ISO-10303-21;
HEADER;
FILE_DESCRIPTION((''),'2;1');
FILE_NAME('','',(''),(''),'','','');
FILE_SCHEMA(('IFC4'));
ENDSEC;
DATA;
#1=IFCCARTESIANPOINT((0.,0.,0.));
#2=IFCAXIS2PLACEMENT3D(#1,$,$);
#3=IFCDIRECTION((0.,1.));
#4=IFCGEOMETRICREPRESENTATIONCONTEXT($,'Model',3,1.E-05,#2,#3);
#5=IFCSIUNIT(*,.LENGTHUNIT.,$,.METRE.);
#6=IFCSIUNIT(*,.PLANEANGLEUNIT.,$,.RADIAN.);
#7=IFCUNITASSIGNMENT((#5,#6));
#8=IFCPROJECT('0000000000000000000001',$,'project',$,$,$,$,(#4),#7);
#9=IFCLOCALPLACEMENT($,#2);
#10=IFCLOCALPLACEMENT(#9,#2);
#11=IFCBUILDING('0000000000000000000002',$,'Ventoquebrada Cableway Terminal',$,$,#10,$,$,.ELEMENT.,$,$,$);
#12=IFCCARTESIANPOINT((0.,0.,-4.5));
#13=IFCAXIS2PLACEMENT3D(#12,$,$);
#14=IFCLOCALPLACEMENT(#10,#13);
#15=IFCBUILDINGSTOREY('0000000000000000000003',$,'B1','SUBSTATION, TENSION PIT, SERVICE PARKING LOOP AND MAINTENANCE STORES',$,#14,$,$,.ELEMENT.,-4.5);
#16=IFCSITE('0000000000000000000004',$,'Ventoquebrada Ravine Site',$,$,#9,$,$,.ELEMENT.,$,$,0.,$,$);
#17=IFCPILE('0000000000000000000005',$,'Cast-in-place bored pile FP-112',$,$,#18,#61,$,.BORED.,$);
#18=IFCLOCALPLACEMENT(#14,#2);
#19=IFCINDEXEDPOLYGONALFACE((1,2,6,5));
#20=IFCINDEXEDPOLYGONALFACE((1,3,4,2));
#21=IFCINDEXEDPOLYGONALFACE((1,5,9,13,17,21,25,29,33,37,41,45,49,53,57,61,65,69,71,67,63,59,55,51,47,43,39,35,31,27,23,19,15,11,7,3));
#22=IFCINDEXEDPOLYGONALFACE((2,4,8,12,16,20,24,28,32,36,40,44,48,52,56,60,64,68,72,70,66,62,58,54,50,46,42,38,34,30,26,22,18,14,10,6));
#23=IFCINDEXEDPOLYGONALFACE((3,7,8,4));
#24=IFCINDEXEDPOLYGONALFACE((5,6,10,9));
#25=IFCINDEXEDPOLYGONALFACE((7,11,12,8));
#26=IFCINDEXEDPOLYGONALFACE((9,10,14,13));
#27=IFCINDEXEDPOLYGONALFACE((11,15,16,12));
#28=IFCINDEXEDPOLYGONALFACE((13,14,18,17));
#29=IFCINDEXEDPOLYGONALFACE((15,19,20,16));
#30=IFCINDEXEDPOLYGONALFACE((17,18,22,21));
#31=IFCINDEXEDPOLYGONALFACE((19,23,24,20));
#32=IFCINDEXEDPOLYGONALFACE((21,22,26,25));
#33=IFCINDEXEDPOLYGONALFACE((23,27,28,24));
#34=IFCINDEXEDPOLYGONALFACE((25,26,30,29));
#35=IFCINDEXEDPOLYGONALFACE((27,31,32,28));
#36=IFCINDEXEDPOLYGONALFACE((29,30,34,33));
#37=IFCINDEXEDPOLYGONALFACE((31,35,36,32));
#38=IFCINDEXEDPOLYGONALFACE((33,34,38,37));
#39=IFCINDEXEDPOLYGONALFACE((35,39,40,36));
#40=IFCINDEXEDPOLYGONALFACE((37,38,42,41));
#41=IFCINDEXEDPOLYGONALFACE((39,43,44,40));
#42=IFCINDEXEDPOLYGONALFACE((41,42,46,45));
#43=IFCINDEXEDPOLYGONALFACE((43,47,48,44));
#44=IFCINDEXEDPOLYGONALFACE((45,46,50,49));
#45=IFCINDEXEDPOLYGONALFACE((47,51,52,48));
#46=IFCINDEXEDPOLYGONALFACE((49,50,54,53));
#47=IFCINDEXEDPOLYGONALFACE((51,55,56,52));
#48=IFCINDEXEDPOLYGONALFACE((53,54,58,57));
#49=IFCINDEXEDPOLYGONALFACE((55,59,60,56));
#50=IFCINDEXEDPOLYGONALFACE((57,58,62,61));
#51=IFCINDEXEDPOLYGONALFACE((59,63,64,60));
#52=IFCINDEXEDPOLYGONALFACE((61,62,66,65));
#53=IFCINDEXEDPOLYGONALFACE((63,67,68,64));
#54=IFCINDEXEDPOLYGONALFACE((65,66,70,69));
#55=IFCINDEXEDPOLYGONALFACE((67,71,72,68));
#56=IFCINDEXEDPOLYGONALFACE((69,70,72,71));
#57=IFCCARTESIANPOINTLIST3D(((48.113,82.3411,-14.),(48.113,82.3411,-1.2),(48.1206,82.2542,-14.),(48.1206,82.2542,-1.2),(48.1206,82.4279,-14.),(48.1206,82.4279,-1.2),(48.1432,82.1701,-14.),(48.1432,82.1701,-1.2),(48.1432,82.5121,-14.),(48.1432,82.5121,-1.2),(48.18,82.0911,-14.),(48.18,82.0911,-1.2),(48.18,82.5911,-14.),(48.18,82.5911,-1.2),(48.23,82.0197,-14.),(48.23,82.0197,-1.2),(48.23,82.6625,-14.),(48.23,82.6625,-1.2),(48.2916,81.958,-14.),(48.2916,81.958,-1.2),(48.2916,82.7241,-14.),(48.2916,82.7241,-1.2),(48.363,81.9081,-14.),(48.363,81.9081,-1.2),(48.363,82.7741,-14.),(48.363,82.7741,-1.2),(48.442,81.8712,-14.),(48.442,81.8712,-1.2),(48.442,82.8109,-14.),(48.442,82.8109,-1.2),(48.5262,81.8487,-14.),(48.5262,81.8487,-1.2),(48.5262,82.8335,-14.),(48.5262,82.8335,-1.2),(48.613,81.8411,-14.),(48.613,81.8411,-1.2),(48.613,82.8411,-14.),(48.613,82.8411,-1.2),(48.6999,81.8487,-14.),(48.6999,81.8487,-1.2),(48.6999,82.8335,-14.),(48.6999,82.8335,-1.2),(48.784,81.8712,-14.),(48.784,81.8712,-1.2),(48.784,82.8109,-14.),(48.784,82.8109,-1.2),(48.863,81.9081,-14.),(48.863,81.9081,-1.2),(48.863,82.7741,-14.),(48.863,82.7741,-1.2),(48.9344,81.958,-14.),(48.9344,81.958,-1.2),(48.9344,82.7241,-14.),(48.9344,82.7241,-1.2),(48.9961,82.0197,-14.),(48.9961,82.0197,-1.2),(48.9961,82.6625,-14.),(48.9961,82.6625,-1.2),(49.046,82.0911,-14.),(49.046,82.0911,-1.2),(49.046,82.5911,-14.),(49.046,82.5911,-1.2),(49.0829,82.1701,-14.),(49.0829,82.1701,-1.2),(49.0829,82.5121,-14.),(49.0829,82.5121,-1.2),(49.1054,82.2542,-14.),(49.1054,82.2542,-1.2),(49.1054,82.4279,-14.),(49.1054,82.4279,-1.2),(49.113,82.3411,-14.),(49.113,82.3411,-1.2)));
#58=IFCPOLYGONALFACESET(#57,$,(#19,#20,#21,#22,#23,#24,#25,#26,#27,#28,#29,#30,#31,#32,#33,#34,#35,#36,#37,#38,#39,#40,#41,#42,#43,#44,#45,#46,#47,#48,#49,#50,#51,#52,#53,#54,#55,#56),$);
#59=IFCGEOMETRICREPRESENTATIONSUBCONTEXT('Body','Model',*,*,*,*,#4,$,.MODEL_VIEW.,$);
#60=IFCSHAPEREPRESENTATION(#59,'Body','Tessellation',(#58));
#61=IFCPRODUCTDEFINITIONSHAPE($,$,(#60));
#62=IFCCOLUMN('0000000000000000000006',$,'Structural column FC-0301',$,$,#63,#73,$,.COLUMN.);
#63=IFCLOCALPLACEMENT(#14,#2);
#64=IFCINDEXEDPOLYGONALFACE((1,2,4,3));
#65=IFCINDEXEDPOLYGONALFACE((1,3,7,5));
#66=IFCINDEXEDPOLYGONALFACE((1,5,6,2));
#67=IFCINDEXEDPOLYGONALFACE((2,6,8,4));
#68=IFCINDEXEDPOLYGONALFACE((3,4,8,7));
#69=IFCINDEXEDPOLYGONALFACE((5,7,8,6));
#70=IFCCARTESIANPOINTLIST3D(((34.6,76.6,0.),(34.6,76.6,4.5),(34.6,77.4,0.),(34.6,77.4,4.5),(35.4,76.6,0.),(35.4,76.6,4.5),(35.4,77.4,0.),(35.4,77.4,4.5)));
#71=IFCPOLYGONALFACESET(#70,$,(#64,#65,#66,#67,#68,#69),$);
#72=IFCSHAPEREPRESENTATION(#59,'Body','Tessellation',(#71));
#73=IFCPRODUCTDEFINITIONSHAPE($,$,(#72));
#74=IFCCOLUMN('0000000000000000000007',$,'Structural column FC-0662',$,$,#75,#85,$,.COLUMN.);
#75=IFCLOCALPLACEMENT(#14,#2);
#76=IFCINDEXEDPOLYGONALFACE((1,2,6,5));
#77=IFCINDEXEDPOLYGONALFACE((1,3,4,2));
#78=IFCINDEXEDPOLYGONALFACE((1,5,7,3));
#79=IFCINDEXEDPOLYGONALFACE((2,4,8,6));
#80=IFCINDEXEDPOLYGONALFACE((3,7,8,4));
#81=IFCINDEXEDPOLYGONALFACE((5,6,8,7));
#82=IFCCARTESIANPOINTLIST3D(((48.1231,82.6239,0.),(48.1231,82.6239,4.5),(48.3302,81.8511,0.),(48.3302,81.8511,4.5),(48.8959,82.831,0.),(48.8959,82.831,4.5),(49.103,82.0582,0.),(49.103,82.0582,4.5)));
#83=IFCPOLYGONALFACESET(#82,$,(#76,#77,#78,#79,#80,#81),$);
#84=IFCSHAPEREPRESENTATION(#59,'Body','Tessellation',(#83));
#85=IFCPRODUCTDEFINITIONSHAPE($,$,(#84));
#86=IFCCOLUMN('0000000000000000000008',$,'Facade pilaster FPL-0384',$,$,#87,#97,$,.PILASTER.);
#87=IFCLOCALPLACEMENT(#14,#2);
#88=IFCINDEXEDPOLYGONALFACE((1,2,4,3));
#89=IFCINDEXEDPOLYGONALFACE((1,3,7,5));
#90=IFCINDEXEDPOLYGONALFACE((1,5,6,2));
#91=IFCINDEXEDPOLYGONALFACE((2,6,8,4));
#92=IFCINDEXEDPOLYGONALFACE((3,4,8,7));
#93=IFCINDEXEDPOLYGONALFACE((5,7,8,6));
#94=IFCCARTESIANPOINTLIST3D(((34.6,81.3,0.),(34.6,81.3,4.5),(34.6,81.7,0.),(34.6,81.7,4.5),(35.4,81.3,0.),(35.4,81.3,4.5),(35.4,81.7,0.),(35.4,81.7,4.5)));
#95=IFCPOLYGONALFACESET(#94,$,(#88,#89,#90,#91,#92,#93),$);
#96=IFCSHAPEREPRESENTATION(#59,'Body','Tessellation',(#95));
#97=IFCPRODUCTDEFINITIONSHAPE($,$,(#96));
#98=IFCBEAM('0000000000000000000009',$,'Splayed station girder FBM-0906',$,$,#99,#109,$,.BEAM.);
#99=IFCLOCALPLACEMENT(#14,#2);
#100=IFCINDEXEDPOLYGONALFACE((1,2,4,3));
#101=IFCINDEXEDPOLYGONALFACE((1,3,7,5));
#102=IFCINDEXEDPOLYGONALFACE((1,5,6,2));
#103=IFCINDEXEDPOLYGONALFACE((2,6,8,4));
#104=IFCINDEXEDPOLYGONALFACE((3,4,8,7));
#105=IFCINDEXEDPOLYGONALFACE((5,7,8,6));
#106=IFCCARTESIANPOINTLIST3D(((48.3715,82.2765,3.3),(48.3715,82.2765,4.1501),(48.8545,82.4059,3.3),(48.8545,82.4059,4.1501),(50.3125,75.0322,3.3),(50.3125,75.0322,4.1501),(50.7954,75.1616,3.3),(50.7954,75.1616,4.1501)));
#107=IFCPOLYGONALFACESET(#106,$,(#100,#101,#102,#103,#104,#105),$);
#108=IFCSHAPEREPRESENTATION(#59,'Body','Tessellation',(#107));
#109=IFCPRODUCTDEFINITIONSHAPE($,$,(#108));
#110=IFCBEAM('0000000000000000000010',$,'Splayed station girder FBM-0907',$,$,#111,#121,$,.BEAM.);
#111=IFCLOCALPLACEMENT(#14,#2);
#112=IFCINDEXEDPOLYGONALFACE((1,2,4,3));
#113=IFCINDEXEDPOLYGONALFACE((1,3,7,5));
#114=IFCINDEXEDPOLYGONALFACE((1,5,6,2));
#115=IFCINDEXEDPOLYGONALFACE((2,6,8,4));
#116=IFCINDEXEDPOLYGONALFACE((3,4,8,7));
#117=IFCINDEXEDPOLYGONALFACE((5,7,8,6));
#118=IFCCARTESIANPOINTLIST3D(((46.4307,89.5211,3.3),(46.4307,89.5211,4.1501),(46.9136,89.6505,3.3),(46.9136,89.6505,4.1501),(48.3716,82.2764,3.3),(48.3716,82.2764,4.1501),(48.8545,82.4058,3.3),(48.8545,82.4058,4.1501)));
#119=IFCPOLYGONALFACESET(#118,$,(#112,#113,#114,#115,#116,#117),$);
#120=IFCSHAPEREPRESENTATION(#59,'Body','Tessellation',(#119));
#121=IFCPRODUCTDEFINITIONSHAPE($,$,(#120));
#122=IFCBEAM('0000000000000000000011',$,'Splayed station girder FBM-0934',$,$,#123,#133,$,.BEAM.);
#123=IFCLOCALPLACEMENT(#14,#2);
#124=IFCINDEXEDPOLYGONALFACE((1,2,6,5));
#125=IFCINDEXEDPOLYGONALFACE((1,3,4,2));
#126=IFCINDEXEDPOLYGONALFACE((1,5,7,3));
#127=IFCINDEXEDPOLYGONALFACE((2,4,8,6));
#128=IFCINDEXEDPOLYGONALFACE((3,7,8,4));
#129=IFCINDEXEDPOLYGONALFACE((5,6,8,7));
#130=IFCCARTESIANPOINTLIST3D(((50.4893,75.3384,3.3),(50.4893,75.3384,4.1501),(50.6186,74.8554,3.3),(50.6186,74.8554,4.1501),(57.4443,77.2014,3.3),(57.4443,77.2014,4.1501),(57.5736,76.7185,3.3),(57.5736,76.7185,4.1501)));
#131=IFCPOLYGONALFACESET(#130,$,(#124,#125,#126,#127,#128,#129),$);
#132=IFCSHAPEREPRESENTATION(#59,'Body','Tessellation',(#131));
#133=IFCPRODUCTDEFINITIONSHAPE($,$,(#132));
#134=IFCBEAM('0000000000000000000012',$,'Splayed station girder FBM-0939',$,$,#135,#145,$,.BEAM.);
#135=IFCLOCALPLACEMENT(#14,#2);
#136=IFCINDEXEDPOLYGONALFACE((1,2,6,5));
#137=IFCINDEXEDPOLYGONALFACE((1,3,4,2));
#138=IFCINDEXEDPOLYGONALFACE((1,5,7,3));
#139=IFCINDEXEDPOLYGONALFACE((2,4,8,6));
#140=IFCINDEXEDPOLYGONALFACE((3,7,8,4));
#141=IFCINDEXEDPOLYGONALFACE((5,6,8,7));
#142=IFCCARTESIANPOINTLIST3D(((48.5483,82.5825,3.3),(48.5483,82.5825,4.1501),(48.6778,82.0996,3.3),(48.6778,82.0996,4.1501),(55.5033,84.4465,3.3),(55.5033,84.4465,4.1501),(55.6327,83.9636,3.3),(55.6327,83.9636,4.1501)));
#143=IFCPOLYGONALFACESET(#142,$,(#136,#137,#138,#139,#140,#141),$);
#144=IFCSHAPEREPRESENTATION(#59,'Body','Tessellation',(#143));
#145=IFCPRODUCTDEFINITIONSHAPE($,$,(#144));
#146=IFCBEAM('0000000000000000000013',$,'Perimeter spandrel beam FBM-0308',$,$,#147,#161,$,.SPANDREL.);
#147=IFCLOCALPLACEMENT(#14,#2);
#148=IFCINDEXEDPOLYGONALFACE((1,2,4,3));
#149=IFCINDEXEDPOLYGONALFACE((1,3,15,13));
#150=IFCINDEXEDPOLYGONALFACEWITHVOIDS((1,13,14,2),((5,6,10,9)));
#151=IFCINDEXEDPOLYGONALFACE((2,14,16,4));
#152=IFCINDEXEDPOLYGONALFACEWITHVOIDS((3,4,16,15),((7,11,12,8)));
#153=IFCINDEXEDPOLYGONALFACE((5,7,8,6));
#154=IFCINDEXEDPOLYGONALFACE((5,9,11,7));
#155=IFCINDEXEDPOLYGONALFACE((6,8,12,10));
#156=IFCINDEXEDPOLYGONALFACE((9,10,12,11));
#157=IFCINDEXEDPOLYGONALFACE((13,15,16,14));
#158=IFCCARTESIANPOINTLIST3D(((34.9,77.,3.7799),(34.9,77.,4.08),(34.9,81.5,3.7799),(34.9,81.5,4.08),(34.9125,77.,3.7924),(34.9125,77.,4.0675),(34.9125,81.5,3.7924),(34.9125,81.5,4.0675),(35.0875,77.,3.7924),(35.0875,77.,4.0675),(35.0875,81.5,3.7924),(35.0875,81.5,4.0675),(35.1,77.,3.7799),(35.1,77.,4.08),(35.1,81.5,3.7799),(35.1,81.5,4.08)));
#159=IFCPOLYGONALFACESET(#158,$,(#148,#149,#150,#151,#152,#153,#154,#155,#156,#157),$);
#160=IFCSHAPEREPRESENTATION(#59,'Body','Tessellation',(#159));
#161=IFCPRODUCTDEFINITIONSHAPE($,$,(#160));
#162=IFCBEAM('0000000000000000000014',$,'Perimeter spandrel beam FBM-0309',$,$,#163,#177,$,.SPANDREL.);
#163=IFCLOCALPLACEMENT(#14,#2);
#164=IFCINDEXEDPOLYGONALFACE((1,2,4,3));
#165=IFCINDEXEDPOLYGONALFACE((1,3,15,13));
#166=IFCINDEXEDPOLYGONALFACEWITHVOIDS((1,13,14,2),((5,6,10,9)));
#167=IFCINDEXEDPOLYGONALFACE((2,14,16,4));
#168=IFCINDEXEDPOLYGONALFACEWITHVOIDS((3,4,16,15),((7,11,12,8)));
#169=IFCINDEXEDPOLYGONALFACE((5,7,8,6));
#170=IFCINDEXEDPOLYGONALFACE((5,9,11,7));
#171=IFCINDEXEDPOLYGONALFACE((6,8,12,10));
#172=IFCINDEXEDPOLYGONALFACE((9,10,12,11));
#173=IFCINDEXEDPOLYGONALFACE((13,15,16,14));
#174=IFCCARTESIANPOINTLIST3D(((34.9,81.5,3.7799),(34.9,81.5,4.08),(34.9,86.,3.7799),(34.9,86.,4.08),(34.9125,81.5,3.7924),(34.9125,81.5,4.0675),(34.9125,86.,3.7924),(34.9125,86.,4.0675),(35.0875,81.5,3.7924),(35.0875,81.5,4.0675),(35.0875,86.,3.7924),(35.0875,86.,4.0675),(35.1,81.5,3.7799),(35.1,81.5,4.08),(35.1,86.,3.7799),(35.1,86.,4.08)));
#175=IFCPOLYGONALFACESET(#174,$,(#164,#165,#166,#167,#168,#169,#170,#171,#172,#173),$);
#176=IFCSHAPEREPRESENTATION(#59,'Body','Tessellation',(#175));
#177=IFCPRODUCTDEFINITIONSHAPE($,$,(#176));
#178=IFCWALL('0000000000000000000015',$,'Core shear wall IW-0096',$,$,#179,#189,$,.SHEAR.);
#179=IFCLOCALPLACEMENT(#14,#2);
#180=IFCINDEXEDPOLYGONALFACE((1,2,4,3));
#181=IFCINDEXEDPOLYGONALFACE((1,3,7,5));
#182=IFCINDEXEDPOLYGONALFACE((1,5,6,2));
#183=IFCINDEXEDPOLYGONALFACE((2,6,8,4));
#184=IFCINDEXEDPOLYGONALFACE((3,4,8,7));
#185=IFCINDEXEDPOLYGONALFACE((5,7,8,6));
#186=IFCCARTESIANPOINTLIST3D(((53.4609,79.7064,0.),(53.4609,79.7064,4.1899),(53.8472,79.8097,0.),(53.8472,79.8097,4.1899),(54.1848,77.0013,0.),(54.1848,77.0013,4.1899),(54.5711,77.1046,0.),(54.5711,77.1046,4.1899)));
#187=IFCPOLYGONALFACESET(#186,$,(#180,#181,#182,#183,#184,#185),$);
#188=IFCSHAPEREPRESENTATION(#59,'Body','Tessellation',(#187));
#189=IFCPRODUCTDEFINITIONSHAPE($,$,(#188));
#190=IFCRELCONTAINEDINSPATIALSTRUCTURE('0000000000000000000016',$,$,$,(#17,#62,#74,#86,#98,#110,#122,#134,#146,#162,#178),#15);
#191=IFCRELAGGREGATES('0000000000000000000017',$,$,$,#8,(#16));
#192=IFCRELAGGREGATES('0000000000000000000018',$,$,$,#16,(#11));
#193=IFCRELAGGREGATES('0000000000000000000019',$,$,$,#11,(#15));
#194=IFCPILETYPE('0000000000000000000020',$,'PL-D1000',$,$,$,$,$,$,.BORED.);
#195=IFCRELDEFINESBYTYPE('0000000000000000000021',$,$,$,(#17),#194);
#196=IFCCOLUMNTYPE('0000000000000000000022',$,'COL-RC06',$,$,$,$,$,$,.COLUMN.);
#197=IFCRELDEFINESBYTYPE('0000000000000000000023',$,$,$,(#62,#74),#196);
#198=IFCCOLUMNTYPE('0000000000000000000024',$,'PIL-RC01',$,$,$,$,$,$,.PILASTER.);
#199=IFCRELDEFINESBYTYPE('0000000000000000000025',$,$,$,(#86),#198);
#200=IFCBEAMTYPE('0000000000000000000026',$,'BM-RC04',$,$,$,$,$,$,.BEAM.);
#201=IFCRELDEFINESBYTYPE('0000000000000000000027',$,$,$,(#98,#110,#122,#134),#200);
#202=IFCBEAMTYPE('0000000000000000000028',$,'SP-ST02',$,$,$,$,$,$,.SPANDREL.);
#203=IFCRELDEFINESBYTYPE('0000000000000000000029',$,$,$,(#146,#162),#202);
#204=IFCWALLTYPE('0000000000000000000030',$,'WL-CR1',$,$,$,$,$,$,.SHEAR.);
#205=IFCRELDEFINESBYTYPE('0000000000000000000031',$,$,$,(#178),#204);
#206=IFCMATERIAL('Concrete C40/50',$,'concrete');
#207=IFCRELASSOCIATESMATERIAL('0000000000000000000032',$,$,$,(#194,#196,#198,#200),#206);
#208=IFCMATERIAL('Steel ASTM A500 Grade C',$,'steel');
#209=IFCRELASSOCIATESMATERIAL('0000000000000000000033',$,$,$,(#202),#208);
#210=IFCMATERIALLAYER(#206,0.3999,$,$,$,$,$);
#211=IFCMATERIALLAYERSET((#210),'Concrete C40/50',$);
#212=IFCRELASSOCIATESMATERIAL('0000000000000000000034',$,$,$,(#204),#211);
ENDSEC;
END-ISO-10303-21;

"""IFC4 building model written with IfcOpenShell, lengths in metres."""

from ifc_helpers import new_model, si_unit, direction, frame, frame_2d, origin, origin_2d, place, context, subcontext, project, spatial, rectangle, hollow_rectangle, circle, extrude, material, layer, layer_set, material_profile, profile_set, type_object, element, save


model = new_model("IFC4")

# Units and contexts
model_context = context("Model", 3, precision=1e-05, world=origin(), true_north=direction((0.0, 1.0)))
body_context = subcontext(model_context, "Body", "Model", "MODEL_VIEW")
ifc_project = project(units=[si_unit("LENGTHUNIT", "METRE"), si_unit("PLANEANGLEUNIT", "RADIAN")], contexts=[model_context])

# Site, building, storey
site_placement = place(None, origin())
site = spatial("IfcSite", under=ifc_project, at=site_placement, Name="Ventoquebrada Ravine Site", CompositionType="ELEMENT", RefElevation=0.0)
building_placement = place(site_placement, origin())
building = spatial("IfcBuilding", under=site, at=building_placement, Name="Ventoquebrada Cableway Terminal", CompositionType="ELEMENT")
storey_placement = place(building_placement, frame((0.0, 0.0, -4.5)))
storey = spatial("IfcBuildingStorey", under=building, at=storey_placement, Name="B1", Description="SUBSTATION, TENSION PIT, SERVICE PARKING LOOP AND MAINTENANCE STORES", CompositionType="ELEMENT", Elevation=-4.5)

# Shared definitions
ifc_material_1 = material(Name="Concrete C40/50", Category="concrete")

# Pile
ifc_material_profile_1 = material_profile(ifc_material_1, circle(Radius=0.5, at=origin_2d()), Name="PILE-D1000")
ifc_profile_set_1 = profile_set([ifc_material_profile_1], Name="Concrete C40/50")
pile_type = type_object("IfcPileType", Name="PL-D1000", PredefinedType="BORED", material=ifc_profile_set_1)
pile_1_placement = place(storey_placement, frame((48.613, 82.3411, -1.2), z_axis=(0.0, 0.0, -1.0), x_axis=(1.0, 0.0, 0.0)))
element("IfcPile", 1, at=pile_1_placement, inside=storey, type_object=pile_type, Name="Cast-in-place bored pile FP-112", PredefinedType="BORED", context=body_context, shape_type="SweptSolid", body=[
    extrude(circle(Radius=0.5, at=origin_2d()), origin(), (0.0, 0.0, 1.0), 12.8),
])

# Columns
ifc_material_profile_2 = material_profile(ifc_material_1, rectangle(XDim=0.8, YDim=0.8, at=origin_2d()), Name="RC-COL-800X800")
ifc_profile_set_2 = profile_set([ifc_material_profile_2], Name="Concrete C40/50")
column_type_1 = type_object("IfcColumnType", Name="COL-RC06", PredefinedType="COLUMN", material=ifc_profile_set_2)
for number, where, z_axis, x_axis, name in (
    (2, (35.0, 77.0, 0.0), (0.0, 0.0, 1.0), (1.0, 0.0, 0.0), "Structural column FC-0301"),
    (3, (48.613, 82.3411, 0.0), (0.0, 0.0, 1.0), (0.965926, 0.258819, 0.0), "Structural column FC-0662"),
):
    element("IfcColumn", number, at=place(storey_placement, frame(where, z_axis=z_axis, x_axis=x_axis)), inside=storey, type_object=column_type_1, Name=name, PredefinedType="COLUMN", context=body_context, shape_type="SweptSolid", body=[
        extrude(rectangle(XDim=0.8, YDim=0.8, at=origin_2d()), origin(), (0.0, 0.0, 1.0), 4.5),
    ])
ifc_material_profile_3 = material_profile(ifc_material_1, rectangle(XDim=0.3999, YDim=0.8, at=origin_2d()), Name="RC-PIL-400X800")
ifc_profile_set_3 = profile_set([ifc_material_profile_3], Name="Concrete C40/50")
column_type_2 = type_object("IfcColumnType", Name="PIL-RC01", PredefinedType="PILASTER", material=ifc_profile_set_3)
column_placement = place(storey_placement, frame((35.0, 81.5, 0.0), z_axis=(0.0, 0.0, 1.0), x_axis=(0.0, 1.0, 0.0)))
element("IfcColumn", 4, at=column_placement, inside=storey, type_object=column_type_2, Name="Facade pilaster FPL-0384", PredefinedType="PILASTER", context=body_context, shape_type="SweptSolid", body=[
    extrude(rectangle(XDim=0.3999, YDim=0.8, at=origin_2d()), origin(), (0.0, 0.0, 1.0), 4.5),
])

# Beams
ifc_material_profile_4 = material_profile(ifc_material_1, rectangle(XDim=0.5, YDim=0.8501, at=origin_2d()), Name="RC-BM-500X850")
ifc_profile_set_4 = profile_set([ifc_material_profile_4], Name="Concrete C40/50")
beam_type_1 = type_object("IfcBeamType", Name="BM-RC04", PredefinedType="BEAM", material=ifc_profile_set_4)
beam_1_placement = place(storey_placement, frame((50.554, 75.0969, 3.7251), z_axis=(-0.258801, 0.965931, 0.0), x_axis=(-0.965931, -0.258801, 0.0)))
element("IfcBeam", 5, at=beam_1_placement, inside=storey, type_object=beam_type_1, Name="Splayed station girder FBM-0906", PredefinedType="BEAM", context=body_context, shape_type="SweptSolid", body=[
    extrude(rectangle(XDim=0.5, YDim=0.8501, at=origin_2d()), origin(), (0.0, 0.0, 1.0), 7.4998),
])
beam_2_placement = place(storey_placement, frame((48.613, 82.3411, 3.7251), z_axis=(-0.258777, 0.965937, 0.0), x_axis=(-0.965937, -0.258777, 0.0)))
element("IfcBeam", 6, at=beam_2_placement, inside=storey, type_object=beam_type_1, Name="Splayed station girder FBM-0907", PredefinedType="BEAM", context=body_context, shape_type="SweptSolid", body=[
    extrude(rectangle(XDim=0.5, YDim=0.8501, at=origin_2d()), origin(), (0.0, 0.0, 1.0), 7.5002),
])
beam_3_placement = place(storey_placement, frame((50.554, 75.0969, 3.7251), z_axis=(0.965946, 0.258745, 0.0), x_axis=(-0.258745, 0.965946, 0.0)))
element("IfcBeam", 7, at=beam_3_placement, inside=storey, type_object=beam_type_1, Name="Splayed station girder FBM-0934", PredefinedType="BEAM", context=body_context, shape_type="SweptSolid", body=[
    extrude(rectangle(XDim=0.5, YDim=0.8501, at=origin_2d()), origin(), (0.0, 0.0, 1.0), 7.2002),
])
beam_4_placement = place(storey_placement, frame((48.613, 82.3411, 3.7251), z_axis=(0.965912, 0.258872, 0.0), x_axis=(-0.258872, 0.965912, 0.0)))
element("IfcBeam", 8, at=beam_4_placement, inside=storey, type_object=beam_type_1, Name="Splayed station girder FBM-0939", PredefinedType="BEAM", context=body_context, shape_type="SweptSolid", body=[
    extrude(rectangle(XDim=0.5, YDim=0.8501, at=origin_2d()), origin(), (0.0, 0.0, 1.0), 7.2004),
])
ifc_material_2 = material(Name="Steel ASTM A500 Grade C", Category="steel")
ifc_material_profile_5 = material_profile(ifc_material_2, hollow_rectangle(XDim=0.2, YDim=0.3, WallThickness=0.0125, at=origin_2d()), Name="RHS300X200X12.5")
ifc_profile_set_5 = profile_set([ifc_material_profile_5], Name="Steel ASTM A500 Grade C")
beam_type_2 = type_object("IfcBeamType", Name="SP-ST02", PredefinedType="SPANDREL", material=ifc_profile_set_5)
for number, where, z_axis, x_axis, name in (
    (9, (35.0, 77.0, 3.9299), (0.0, 1.0, 0.0), (-1.0, 0.0, 0.0), "Perimeter spandrel beam FBM-0308"),
    (10, (35.0, 81.5, 3.9299), (0.0, 1.0, 0.0), (-1.0, 0.0, 0.0), "Perimeter spandrel beam FBM-0309"),
):
    element("IfcBeam", number, at=place(storey_placement, frame(where, z_axis=z_axis, x_axis=x_axis)), inside=storey, type_object=beam_type_2, Name=name, PredefinedType="SPANDREL", context=body_context, shape_type="SweptSolid", body=[
        extrude(hollow_rectangle(XDim=0.2, YDim=0.3, WallThickness=0.0125, at=origin_2d()), origin(), (0.0, 0.0, 1.0), 4.5),
    ])

# Wall
ifc_layer_1 = layer(ifc_material_1, 0.3999)
ifc_layer_set_1 = layer_set([ifc_layer_1], Name="Concrete C40/50")
wall_type_1 = type_object("IfcWallType", Name="WL-CR1", PredefinedType="SHEAR", material=ifc_layer_set_1)
wall_1_placement = place(storey_placement, frame((53.6541, 79.7581, 0.0), z_axis=(0.0, 0.0, 1.0), x_axis=(0.258504, -0.96601, 0.0)))
element("IfcWall", 11, at=wall_1_placement, inside=storey, type_object=wall_type_1, Name="Core shear wall IW-0096", PredefinedType="SHEAR", context=body_context, shape_type="SweptSolid", body=[
    extrude(rectangle(XDim=2.8003, YDim=0.3999, at=frame_2d((1.4001, 0.0))), origin(), (0.0, 0.0, 1.0), 4.1899),
])

save(model, "model.ifc")
